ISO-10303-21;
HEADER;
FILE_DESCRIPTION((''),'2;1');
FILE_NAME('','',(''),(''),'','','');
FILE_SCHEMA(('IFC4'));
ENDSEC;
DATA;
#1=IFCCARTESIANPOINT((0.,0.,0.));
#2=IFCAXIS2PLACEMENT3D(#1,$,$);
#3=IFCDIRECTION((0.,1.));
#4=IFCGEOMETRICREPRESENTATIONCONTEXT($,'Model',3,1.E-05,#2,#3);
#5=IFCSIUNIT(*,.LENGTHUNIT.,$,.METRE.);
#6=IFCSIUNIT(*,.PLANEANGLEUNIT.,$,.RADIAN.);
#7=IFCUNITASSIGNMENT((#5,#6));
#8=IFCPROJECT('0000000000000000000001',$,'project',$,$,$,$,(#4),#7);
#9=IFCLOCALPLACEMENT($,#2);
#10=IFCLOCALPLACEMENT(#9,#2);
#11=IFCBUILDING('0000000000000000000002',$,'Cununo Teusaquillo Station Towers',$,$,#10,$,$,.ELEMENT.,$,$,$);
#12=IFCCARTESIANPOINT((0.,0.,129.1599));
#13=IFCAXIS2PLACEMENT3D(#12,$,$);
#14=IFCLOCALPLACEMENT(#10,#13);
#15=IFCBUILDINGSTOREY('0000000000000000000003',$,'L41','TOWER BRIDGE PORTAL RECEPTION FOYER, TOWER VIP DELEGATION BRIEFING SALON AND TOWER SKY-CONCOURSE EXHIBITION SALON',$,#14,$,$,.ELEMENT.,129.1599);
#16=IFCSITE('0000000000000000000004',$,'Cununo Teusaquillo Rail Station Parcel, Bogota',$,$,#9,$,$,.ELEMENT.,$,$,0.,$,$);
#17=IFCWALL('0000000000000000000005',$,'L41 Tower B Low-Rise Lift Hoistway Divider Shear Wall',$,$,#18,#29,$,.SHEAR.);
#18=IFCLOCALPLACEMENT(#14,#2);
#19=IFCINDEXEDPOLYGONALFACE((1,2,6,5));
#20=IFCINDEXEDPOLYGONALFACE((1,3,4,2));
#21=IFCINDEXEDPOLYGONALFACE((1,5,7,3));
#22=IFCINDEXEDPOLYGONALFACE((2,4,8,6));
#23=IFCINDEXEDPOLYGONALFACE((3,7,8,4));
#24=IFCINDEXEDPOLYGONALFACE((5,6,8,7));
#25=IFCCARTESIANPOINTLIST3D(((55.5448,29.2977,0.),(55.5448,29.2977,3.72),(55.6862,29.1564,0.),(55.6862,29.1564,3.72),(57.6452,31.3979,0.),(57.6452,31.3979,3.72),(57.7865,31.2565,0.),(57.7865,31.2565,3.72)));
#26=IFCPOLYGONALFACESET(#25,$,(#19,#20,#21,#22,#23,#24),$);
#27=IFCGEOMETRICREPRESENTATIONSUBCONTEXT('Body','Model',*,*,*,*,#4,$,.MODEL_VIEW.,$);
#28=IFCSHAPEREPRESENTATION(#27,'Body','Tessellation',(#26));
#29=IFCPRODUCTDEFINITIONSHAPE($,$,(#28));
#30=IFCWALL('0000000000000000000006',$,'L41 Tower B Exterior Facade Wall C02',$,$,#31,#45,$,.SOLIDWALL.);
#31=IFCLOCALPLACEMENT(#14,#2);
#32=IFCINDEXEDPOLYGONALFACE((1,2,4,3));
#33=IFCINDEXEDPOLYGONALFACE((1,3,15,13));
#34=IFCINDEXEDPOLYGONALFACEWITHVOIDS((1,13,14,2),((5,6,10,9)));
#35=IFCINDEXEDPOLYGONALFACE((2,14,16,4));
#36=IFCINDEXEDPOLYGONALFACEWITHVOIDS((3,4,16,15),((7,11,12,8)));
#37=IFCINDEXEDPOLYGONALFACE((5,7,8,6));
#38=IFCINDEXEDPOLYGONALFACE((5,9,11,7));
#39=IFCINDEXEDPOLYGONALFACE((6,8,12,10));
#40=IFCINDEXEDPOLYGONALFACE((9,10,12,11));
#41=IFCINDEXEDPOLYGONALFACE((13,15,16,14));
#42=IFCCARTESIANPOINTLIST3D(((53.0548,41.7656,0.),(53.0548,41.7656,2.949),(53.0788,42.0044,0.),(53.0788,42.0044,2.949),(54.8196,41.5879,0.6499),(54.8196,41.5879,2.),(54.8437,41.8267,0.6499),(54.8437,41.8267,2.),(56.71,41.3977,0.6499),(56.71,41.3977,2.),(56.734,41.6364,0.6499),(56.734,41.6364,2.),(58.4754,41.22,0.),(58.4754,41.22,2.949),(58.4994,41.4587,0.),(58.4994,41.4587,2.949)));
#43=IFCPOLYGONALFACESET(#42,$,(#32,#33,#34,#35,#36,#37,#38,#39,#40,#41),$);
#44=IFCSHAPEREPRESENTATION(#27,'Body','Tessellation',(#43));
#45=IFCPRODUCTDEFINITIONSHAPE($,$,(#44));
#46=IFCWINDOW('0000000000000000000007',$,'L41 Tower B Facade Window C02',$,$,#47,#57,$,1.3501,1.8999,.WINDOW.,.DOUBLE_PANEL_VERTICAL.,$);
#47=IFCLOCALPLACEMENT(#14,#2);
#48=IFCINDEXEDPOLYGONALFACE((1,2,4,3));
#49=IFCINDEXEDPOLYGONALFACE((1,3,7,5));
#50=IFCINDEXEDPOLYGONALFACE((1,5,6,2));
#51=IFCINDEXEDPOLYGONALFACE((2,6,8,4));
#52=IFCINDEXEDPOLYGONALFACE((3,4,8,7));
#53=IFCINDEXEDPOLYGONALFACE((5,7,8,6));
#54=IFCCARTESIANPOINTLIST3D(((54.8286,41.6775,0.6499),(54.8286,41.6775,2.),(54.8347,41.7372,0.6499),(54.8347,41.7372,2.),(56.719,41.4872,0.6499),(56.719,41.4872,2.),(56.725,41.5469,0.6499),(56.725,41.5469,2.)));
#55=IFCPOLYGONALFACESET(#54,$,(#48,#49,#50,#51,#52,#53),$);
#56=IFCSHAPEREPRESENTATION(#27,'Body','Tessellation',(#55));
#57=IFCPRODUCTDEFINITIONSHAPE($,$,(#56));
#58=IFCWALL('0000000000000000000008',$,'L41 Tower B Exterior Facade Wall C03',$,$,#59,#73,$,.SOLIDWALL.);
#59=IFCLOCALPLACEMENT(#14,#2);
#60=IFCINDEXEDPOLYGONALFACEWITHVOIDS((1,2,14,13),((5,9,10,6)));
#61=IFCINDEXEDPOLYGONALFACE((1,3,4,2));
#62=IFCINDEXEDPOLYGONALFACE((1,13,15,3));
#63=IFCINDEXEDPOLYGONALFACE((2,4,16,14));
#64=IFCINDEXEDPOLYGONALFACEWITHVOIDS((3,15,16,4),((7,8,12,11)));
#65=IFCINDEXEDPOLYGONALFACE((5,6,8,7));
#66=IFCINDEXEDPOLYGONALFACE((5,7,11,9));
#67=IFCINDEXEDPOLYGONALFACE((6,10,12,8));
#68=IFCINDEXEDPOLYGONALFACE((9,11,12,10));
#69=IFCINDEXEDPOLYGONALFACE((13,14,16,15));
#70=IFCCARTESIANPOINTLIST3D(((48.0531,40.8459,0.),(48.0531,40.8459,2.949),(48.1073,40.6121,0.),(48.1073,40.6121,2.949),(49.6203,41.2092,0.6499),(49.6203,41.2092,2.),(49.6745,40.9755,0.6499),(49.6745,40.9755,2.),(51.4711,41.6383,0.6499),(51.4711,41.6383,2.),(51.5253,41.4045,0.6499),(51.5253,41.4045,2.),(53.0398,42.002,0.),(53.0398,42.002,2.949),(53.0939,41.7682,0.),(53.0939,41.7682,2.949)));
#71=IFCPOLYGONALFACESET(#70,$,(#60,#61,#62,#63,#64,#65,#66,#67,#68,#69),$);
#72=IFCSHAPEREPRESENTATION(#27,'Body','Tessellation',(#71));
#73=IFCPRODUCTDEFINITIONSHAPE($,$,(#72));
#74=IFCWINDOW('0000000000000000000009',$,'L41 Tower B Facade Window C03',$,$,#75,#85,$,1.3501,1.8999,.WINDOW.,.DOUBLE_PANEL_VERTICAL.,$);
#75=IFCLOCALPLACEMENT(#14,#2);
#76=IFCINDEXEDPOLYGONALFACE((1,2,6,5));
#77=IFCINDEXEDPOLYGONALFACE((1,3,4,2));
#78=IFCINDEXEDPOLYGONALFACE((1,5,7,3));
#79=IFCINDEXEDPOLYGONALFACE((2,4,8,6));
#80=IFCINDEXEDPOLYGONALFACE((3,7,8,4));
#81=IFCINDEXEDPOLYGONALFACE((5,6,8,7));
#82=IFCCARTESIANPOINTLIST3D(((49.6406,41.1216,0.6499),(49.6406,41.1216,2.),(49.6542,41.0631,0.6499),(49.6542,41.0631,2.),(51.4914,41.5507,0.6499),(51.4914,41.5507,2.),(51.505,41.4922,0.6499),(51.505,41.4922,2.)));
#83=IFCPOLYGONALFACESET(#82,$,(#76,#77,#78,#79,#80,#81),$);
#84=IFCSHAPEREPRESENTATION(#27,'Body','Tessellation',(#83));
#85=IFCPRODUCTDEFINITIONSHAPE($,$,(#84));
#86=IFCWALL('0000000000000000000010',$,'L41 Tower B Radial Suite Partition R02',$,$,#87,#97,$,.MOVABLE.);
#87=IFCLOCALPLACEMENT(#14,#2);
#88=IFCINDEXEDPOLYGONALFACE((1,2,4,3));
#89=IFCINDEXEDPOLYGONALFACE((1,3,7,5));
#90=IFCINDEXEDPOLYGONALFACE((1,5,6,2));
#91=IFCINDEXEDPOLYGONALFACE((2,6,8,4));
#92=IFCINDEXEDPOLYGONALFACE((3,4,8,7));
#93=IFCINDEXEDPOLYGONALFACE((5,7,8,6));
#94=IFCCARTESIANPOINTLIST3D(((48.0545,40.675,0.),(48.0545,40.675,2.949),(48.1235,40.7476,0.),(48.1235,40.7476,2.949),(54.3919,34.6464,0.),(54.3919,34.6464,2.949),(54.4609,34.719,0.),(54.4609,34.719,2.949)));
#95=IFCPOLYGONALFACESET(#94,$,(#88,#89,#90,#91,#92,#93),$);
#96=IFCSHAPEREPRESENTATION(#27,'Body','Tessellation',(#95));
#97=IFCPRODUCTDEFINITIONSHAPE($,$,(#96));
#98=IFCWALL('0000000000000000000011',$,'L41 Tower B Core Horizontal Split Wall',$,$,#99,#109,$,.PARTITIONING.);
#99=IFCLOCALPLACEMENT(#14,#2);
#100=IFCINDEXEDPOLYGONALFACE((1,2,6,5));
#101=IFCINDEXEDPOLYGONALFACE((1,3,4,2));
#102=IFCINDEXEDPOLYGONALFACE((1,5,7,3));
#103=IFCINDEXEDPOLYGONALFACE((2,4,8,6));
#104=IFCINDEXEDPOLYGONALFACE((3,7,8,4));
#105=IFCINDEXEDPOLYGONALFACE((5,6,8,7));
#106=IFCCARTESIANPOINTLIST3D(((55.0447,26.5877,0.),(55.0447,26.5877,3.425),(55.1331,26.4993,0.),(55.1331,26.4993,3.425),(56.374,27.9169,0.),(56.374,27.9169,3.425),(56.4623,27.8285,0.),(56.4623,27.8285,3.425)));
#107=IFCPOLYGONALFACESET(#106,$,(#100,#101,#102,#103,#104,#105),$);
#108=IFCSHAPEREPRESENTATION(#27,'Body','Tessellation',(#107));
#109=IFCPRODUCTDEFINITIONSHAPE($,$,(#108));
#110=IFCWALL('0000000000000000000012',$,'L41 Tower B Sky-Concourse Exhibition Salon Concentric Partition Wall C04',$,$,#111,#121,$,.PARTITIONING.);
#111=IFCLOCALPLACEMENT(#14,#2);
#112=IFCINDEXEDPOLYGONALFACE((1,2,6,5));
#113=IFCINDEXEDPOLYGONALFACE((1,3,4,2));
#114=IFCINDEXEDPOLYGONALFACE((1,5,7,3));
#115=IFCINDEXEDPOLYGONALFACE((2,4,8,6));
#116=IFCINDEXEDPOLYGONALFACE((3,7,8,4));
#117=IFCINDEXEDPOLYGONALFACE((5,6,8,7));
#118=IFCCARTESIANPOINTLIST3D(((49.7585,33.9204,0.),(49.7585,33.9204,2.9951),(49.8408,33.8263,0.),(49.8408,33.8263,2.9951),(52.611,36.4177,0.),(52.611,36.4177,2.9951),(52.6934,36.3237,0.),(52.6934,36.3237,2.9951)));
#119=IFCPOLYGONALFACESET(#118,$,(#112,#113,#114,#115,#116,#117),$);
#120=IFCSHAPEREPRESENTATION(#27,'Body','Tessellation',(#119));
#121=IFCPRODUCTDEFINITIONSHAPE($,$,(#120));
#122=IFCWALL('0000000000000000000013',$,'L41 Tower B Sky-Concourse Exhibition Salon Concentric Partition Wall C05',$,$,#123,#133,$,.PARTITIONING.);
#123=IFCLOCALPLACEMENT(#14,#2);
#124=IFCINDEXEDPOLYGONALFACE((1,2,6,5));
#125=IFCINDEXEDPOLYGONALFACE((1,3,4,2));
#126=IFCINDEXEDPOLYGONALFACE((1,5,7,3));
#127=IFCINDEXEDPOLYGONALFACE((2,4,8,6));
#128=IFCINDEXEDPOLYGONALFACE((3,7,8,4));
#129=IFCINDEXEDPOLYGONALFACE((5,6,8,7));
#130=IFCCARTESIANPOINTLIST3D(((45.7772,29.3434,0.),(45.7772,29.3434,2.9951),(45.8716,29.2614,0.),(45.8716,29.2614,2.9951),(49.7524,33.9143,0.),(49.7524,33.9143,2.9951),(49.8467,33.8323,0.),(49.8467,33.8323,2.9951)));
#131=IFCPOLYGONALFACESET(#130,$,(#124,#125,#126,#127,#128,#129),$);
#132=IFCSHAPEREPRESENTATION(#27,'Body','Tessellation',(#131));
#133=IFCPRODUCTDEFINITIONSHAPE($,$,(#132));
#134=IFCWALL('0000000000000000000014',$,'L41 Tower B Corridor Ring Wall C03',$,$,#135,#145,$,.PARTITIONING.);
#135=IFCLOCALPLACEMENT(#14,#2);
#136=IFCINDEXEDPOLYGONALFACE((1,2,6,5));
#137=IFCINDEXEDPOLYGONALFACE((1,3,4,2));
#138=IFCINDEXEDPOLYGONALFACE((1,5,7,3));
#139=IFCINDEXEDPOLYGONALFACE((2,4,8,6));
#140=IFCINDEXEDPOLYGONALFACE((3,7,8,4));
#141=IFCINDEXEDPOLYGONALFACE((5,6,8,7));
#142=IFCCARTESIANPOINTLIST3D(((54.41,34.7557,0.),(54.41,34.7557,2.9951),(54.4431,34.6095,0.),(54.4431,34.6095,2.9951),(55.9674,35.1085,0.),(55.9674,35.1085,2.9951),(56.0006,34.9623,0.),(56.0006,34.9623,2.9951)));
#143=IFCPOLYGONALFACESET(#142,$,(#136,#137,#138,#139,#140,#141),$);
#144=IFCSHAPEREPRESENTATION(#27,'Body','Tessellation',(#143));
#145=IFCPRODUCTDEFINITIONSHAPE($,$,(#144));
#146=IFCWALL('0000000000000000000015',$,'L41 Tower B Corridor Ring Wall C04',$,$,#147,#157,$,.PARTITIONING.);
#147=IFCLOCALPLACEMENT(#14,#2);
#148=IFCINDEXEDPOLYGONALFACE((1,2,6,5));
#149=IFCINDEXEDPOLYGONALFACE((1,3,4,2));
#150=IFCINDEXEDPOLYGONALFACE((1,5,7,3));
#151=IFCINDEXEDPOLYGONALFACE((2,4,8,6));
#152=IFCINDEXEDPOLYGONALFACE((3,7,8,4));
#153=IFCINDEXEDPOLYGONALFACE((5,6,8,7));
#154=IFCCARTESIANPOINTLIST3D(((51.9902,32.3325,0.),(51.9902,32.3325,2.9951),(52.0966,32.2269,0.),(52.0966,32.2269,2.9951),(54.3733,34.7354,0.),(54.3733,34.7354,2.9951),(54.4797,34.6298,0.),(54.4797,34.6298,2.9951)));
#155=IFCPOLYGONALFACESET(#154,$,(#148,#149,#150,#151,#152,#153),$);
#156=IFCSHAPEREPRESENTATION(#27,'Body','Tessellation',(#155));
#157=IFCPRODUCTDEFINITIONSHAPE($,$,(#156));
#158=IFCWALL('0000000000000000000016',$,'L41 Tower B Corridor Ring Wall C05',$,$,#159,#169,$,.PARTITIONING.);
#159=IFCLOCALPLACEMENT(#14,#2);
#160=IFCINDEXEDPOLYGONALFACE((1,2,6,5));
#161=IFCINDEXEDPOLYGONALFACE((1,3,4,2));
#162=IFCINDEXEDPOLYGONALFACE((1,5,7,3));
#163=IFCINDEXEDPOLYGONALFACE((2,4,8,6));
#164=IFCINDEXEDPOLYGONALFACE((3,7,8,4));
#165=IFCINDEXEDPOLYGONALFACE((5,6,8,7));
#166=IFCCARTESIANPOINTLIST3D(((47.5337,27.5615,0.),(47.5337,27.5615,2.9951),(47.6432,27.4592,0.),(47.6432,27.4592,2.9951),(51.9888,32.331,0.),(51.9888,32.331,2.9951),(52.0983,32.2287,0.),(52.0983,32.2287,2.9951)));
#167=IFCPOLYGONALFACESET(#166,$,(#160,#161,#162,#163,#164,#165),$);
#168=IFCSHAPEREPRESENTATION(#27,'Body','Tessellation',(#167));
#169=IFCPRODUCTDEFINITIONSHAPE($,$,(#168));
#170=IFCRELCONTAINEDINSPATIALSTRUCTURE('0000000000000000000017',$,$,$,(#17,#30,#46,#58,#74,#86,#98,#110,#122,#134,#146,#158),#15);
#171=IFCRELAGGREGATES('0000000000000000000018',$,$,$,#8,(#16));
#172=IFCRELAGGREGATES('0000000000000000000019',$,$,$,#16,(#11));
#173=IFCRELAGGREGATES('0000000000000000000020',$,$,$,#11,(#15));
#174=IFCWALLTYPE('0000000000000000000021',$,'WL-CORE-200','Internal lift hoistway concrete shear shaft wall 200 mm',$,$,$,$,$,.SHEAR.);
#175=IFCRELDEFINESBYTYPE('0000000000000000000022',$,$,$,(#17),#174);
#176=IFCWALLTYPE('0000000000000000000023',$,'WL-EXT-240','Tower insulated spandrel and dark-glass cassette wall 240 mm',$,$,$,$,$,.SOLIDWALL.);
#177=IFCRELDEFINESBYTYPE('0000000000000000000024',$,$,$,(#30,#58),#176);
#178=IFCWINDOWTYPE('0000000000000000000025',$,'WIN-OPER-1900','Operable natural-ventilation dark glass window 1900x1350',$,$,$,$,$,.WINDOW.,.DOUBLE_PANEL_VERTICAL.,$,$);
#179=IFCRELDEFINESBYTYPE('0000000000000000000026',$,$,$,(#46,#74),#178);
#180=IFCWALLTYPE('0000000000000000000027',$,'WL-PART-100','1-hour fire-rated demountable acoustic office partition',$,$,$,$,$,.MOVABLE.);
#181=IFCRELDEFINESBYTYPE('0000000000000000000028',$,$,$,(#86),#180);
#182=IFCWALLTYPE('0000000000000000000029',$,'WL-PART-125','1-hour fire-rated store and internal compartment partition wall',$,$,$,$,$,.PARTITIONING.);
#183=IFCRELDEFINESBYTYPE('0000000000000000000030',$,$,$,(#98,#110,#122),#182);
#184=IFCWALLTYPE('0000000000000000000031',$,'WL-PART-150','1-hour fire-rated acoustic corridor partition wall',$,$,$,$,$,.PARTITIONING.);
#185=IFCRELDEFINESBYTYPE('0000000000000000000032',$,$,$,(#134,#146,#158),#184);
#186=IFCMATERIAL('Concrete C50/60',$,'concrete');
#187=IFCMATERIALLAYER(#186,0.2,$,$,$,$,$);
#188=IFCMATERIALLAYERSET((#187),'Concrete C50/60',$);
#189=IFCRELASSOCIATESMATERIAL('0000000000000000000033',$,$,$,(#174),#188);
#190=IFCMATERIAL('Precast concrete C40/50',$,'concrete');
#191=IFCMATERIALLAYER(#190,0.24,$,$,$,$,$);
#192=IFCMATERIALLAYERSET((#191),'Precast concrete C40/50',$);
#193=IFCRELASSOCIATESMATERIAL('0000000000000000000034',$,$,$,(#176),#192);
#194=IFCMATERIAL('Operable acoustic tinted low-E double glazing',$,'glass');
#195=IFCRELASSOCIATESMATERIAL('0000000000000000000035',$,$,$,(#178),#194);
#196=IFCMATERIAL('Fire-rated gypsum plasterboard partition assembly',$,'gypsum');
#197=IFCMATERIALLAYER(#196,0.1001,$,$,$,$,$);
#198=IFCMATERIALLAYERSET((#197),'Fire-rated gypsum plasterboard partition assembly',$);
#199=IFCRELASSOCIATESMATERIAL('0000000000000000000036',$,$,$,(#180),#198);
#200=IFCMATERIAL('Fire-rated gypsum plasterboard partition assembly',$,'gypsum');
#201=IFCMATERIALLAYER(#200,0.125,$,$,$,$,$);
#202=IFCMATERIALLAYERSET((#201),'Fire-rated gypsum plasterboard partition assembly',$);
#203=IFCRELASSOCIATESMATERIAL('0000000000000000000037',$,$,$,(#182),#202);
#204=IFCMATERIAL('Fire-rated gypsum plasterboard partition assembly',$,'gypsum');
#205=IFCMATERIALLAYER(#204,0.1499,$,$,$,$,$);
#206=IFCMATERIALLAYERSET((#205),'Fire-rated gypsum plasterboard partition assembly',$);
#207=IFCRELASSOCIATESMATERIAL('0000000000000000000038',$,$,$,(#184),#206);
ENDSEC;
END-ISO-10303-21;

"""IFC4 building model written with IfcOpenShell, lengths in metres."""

from ifc_helpers import new_model, si_unit, direction, frame, frame_2d, origin, place, context, subcontext, project, spatial, rectangle, extrude, source, transform, mapped, material, layer, layer_set, type_object, element, fill, save


model = new_model("IFC4")

# Units and contexts
model_context = context("Model", 3, precision=1e-05, world=origin(), true_north=direction((0.0, 1.0)))
body_context = subcontext(model_context, "Body", "Model", "MODEL_VIEW")
ifc_project = project(units=[si_unit("LENGTHUNIT", "METRE"), si_unit("PLANEANGLEUNIT", "RADIAN")], contexts=[model_context])

# Site, building, storey
site_placement = place(None, origin())
site = spatial("IfcSite", under=ifc_project, at=site_placement, Name="Cununo Teusaquillo Rail Station Parcel, Bogota", CompositionType="ELEMENT", RefElevation=0.0)
building_placement = place(site_placement, origin())
building = spatial("IfcBuilding", under=site, at=building_placement, Name="Cununo Teusaquillo Station Towers", CompositionType="ELEMENT")
storey_placement = place(building_placement, frame((0.0, 0.0, 129.1599)))
storey = spatial("IfcBuildingStorey", under=building, at=storey_placement, Name="L41", Description="TOWER BRIDGE PORTAL RECEPTION FOYER, TOWER VIP DELEGATION BRIEFING SALON AND TOWER SKY-CONCOURSE EXHIBITION SALON", CompositionType="ELEMENT", Elevation=129.1599)

# Wall
ifc_material_1 = material(Name="Concrete C50/60", Category="concrete")
ifc_layer_1 = layer(ifc_material_1, 0.2)
ifc_layer_set_1 = layer_set([ifc_layer_1], Name="Concrete C50/60")
wall_type_1 = type_object("IfcWallType", Name="WL-CORE-200", Description="Internal lift hoistway concrete shear shaft wall 200 mm", PredefinedType="SHEAR", material=ifc_layer_set_1)
wall_1_placement = place(storey_placement, frame((55.6155, 29.2271, 0.0), z_axis=(0.0, 0.0, 1.0), x_axis=(0.707148, 0.707066, 0.0)))
element("IfcWall", 1, at=wall_1_placement, inside=storey, type_object=wall_type_1, Name="L41 Tower B Low-Rise Lift Hoistway Divider Shear Wall", PredefinedType="SHEAR", context=body_context, shape_type="SweptSolid", body=[
    extrude(rectangle(XDim=2.9702, YDim=0.2, at=frame_2d((1.4851, 0.0))), origin(), (0.0, 0.0, 1.0), 3.72),
])

# Walls, openings, windows
ifc_material_2 = material(Name="Precast concrete C40/50", Category="concrete")
ifc_layer_2 = layer(ifc_material_2, 0.24)
ifc_layer_set_2 = layer_set([ifc_layer_2], Name="Precast concrete C40/50")
wall_type_2 = type_object("IfcWallType", Name="WL-EXT-240", Description="Tower insulated spandrel and dark-glass cassette wall 240 mm", PredefinedType="SOLIDWALL", material=ifc_layer_set_2)
wall_2_placement = place(storey_placement, frame((53.0667, 41.885, 0.0), z_axis=(0.0, 0.0, 1.0), x_axis=(0.994972, -0.100156, 0.0)))
wall_2 = element("IfcWall", 2, at=wall_2_placement, inside=storey, type_object=wall_type_2, Name="L41 Tower B Exterior Facade Wall C02", PredefinedType="SOLIDWALL", context=body_context, shape_type="SweptSolid", body=[
    extrude(rectangle(XDim=5.448, YDim=0.24, at=frame_2d((2.7241, 0.0))), origin(), (0.0, 0.0, 1.0), 2.949),
])
shared_shape_1 = source(origin(), body_context, "Body", "SweptSolid", [
    extrude(rectangle(XDim=1.8999, YDim=1.3501, at=frame_2d((0.95, 0.675))), frame((0.0, 0.1299, 0.0), z_axis=(0.0, -1.0, 0.0), x_axis=(1.0, 0.0, 0.0)), (0.0, 0.0, 1.0), 0.26),
])
opening_1_placement = place(wall_2_placement, frame((1.7739, 0.0, 0.6499)))
opening_1 = element("IfcOpeningElement", 3, at=opening_1_placement, cuts=wall_2, PredefinedType="OPENING", context=body_context, shape_type="MappedRepresentation", body=[
    mapped(shared_shape_1, transform((0.0, 0.0, 0.0), x_axis=(1.0, 0.0, 0.0), y_axis=(0.0, 1.0, 0.0), z_axis=(0.0, 0.0, 1.0), scale=1.0)),
])
ifc_material_3 = material(Name="Operable acoustic tinted low-E double glazing", Category="glass")
window_type = type_object("IfcWindowType", Name="WIN-OPER-1900", Description="Operable natural-ventilation dark glass window 1900x1350", PartitioningType="DOUBLE_PANEL_VERTICAL", PredefinedType="WINDOW", material=ifc_material_3)
shared_shape_2 = source(origin(), body_context, "Body", "SweptSolid", [
    extrude(rectangle(XDim=1.8999, YDim=1.3501, at=frame_2d((0.95, 0.675))), frame((0.0, 0.03, 0.0), z_axis=(0.0, -1.0, 0.0), x_axis=(1.0, 0.0, 0.0)), (0.0, 0.0, 1.0), 0.0601),
])
window_1_placement = place(opening_1_placement, origin())
window_1 = element("IfcWindow", 4, at=window_1_placement, inside=storey, type_object=window_type, Name="L41 Tower B Facade Window C02", OverallHeight=1.3501, OverallWidth=1.8999, PartitioningType="DOUBLE_PANEL_VERTICAL", PredefinedType="WINDOW", context=body_context, shape_type="MappedRepresentation", body=[
    mapped(shared_shape_2, transform((0.0, 0.0, 0.0), x_axis=(1.0, 0.0, 0.0), y_axis=(0.0, 1.0, 0.0), z_axis=(0.0, 0.0, 1.0), scale=1.0)),
])
fill(opening_1, window_1)
wall_3_placement = place(storey_placement, frame((48.0801, 40.729, 0.0), z_axis=(0.0, 0.0, 1.0), x_axis=(0.974166, 0.225835, 0.0)))
wall_3 = element("IfcWall", 5, at=wall_3_placement, inside=storey, type_object=wall_type_2, Name="L41 Tower B Exterior Facade Wall C03", PredefinedType="SOLIDWALL", context=body_context, shape_type="SweptSolid", body=[
    extrude(rectangle(XDim=5.1189, YDim=0.24, at=frame_2d((2.5596, 0.0))), origin(), (0.0, 0.0, 1.0), 2.949),
])
opening_2_placement = place(wall_3_placement, frame((1.6089, 0.0, 0.6499)))
opening_2 = element("IfcOpeningElement", 6, at=opening_2_placement, cuts=wall_3, PredefinedType="OPENING", context=body_context, shape_type="MappedRepresentation", body=[
    mapped(shared_shape_1, transform((0.0, 0.0, 0.0), x_axis=(1.0, 0.0, 0.0), y_axis=(0.0, 1.0, 0.0), z_axis=(0.0, 0.0, 1.0), scale=1.0)),
])
window_2_placement = place(opening_2_placement, origin())
window_2 = element("IfcWindow", 7, at=window_2_placement, inside=storey, type_object=window_type, Name="L41 Tower B Facade Window C03", OverallHeight=1.3501, OverallWidth=1.8999, PartitioningType="DOUBLE_PANEL_VERTICAL", PredefinedType="WINDOW", context=body_context, shape_type="MappedRepresentation", body=[
    mapped(shared_shape_2, transform((0.0, 0.0, 0.0), x_axis=(1.0, 0.0, 0.0), y_axis=(0.0, 1.0, 0.0), z_axis=(0.0, 0.0, 1.0), scale=1.0)),
])
fill(opening_2, window_2)

# Walls
ifc_material_4 = material(Name="Fire-rated gypsum plasterboard partition assembly", Category="gypsum")
ifc_layer_3 = layer(ifc_material_4, 0.1001)
ifc_layer_set_3 = layer_set([ifc_layer_3], Name="Fire-rated gypsum plasterboard partition assembly")
wall_type_3 = type_object("IfcWallType", Name="WL-PART-100", Description="1-hour fire-rated demountable acoustic office partition", PredefinedType="MOVABLE", material=ifc_layer_set_3)
wall_4_placement = place(storey_placement, frame((54.4265, 34.6826, 0.0), z_axis=(0.0, 0.0, 1.0), x_axis=(-0.724541, 0.689232, 0.0)))
element("IfcWall", 8, at=wall_4_placement, inside=storey, type_object=wall_type_3, Name="L41 Tower B Radial Suite Partition R02", PredefinedType="MOVABLE", context=body_context, shape_type="SweptSolid", body=[
    extrude(rectangle(XDim=8.7468, YDim=0.1001, at=frame_2d((4.3735, 0.0))), origin(), (0.0, 0.0, 1.0), 2.949),
])
ifc_material_5 = material(Name="Fire-rated gypsum plasterboard partition assembly", Category="gypsum")
ifc_layer_4 = layer(ifc_material_5, 0.125)
ifc_layer_set_4 = layer_set([ifc_layer_4], Name="Fire-rated gypsum plasterboard partition assembly")
wall_type_4 = type_object("IfcWallType", Name="WL-PART-125", Description="1-hour fire-rated store and internal compartment partition wall", PredefinedType="PARTITIONING", material=ifc_layer_set_4)
wall_5_placement = place(storey_placement, frame((55.0889, 26.5435, 0.0), z_axis=(0.0, 0.0, 1.0), x_axis=(0.707107, 0.707107, 0.0)))
element("IfcWall", 9, at=wall_5_placement, inside=storey, type_object=wall_type_4, Name="L41 Tower B Core Horizontal Split Wall", PredefinedType="PARTITIONING", context=body_context, shape_type="SweptSolid", body=[
    extrude(rectangle(XDim=1.8799, YDim=0.125, at=frame_2d((0.9399, 0.0))), origin(), (0.0, 0.0, 1.0), 3.425),
])
wall_6_placement = place(storey_placement, frame((52.6521, 36.3706, 0.0), z_axis=(0.0, 0.0, 1.0), x_axis=(-0.752401, -0.658705, 0.0)))
element("IfcWall", 10, at=wall_6_placement, inside=storey, type_object=wall_type_4, Name="L41 Tower B Sky-Concourse Exhibition Salon Concentric Partition Wall C04", PredefinedType="PARTITIONING", context=body_context, shape_type="SweptSolid", body=[
    extrude(rectangle(XDim=3.7913, YDim=0.125, at=frame_2d((1.8955, 0.0))), origin(), (0.0, 0.0, 1.0), 2.9951),
])
wall_7_placement = place(storey_placement, frame((49.7996, 33.8733, 0.0), z_axis=(0.0, 0.0, 1.0), x_axis=(-0.656225, -0.754566, 0.0)))
element("IfcWall", 11, at=wall_7_placement, inside=storey, type_object=wall_type_4, Name="L41 Tower B Sky-Concourse Exhibition Salon Concentric Partition Wall C05", PredefinedType="PARTITIONING", context=body_context, shape_type="SweptSolid", body=[
    extrude(rectangle(XDim=6.0576, YDim=0.125, at=frame_2d((3.0288, 0.0))), origin(), (0.0, 0.0, 1.0), 2.9951),
])
ifc_material_6 = material(Name="Fire-rated gypsum plasterboard partition assembly", Category="gypsum")
ifc_layer_5 = layer(ifc_material_6, 0.1499)
ifc_layer_set_5 = layer_set([ifc_layer_5], Name="Fire-rated gypsum plasterboard partition assembly")
wall_type_5 = type_object("IfcWallType", Name="WL-PART-150", Description="1-hour fire-rated acoustic corridor partition wall", PredefinedType="PARTITIONING", material=ifc_layer_set_5)
wall_8_placement = place(storey_placement, frame((55.9839, 35.0354, 0.0), z_axis=(0.0, 0.0, 1.0), x_axis=(-0.97529, -0.220927, 0.0)))
element("IfcWall", 12, at=wall_8_placement, inside=storey, type_object=wall_type_5, Name="L41 Tower B Corridor Ring Wall C03", PredefinedType="PARTITIONING", context=body_context, shape_type="SweptSolid", body=[
    extrude(rectangle(XDim=1.5969, YDim=0.1499, at=frame_2d((0.7983, 0.0))), origin(), (0.0, 0.0, 1.0), 2.9951),
])
wall_9_placement = place(storey_placement, frame((54.4265, 34.6826, 0.0), z_axis=(0.0, 0.0, 1.0), x_axis=(-0.704179, -0.710022, 0.0)))
element("IfcWall", 13, at=wall_9_placement, inside=storey, type_object=wall_type_5, Name="L41 Tower B Corridor Ring Wall C04", PredefinedType="PARTITIONING", context=body_context, shape_type="SweptSolid", body=[
    extrude(rectangle(XDim=3.3843, YDim=0.1499, at=frame_2d((1.6921, 0.0))), origin(), (0.0, 0.0, 1.0), 2.9951),
])
wall_10_placement = place(storey_placement, frame((52.0435, 32.2798, 0.0), z_axis=(0.0, 0.0, 1.0), x_axis=(-0.682606, -0.730787, 0.0)))
element("IfcWall", 14, at=wall_10_placement, inside=storey, type_object=wall_type_5, Name="L41 Tower B Corridor Ring Wall C05", PredefinedType="PARTITIONING", context=body_context, shape_type="SweptSolid", body=[
    extrude(rectangle(XDim=6.5266, YDim=0.1499, at=frame_2d((3.2632, 0.0))), origin(), (0.0, 0.0, 1.0), 2.9951),
])

save(model, "model.ifc")
